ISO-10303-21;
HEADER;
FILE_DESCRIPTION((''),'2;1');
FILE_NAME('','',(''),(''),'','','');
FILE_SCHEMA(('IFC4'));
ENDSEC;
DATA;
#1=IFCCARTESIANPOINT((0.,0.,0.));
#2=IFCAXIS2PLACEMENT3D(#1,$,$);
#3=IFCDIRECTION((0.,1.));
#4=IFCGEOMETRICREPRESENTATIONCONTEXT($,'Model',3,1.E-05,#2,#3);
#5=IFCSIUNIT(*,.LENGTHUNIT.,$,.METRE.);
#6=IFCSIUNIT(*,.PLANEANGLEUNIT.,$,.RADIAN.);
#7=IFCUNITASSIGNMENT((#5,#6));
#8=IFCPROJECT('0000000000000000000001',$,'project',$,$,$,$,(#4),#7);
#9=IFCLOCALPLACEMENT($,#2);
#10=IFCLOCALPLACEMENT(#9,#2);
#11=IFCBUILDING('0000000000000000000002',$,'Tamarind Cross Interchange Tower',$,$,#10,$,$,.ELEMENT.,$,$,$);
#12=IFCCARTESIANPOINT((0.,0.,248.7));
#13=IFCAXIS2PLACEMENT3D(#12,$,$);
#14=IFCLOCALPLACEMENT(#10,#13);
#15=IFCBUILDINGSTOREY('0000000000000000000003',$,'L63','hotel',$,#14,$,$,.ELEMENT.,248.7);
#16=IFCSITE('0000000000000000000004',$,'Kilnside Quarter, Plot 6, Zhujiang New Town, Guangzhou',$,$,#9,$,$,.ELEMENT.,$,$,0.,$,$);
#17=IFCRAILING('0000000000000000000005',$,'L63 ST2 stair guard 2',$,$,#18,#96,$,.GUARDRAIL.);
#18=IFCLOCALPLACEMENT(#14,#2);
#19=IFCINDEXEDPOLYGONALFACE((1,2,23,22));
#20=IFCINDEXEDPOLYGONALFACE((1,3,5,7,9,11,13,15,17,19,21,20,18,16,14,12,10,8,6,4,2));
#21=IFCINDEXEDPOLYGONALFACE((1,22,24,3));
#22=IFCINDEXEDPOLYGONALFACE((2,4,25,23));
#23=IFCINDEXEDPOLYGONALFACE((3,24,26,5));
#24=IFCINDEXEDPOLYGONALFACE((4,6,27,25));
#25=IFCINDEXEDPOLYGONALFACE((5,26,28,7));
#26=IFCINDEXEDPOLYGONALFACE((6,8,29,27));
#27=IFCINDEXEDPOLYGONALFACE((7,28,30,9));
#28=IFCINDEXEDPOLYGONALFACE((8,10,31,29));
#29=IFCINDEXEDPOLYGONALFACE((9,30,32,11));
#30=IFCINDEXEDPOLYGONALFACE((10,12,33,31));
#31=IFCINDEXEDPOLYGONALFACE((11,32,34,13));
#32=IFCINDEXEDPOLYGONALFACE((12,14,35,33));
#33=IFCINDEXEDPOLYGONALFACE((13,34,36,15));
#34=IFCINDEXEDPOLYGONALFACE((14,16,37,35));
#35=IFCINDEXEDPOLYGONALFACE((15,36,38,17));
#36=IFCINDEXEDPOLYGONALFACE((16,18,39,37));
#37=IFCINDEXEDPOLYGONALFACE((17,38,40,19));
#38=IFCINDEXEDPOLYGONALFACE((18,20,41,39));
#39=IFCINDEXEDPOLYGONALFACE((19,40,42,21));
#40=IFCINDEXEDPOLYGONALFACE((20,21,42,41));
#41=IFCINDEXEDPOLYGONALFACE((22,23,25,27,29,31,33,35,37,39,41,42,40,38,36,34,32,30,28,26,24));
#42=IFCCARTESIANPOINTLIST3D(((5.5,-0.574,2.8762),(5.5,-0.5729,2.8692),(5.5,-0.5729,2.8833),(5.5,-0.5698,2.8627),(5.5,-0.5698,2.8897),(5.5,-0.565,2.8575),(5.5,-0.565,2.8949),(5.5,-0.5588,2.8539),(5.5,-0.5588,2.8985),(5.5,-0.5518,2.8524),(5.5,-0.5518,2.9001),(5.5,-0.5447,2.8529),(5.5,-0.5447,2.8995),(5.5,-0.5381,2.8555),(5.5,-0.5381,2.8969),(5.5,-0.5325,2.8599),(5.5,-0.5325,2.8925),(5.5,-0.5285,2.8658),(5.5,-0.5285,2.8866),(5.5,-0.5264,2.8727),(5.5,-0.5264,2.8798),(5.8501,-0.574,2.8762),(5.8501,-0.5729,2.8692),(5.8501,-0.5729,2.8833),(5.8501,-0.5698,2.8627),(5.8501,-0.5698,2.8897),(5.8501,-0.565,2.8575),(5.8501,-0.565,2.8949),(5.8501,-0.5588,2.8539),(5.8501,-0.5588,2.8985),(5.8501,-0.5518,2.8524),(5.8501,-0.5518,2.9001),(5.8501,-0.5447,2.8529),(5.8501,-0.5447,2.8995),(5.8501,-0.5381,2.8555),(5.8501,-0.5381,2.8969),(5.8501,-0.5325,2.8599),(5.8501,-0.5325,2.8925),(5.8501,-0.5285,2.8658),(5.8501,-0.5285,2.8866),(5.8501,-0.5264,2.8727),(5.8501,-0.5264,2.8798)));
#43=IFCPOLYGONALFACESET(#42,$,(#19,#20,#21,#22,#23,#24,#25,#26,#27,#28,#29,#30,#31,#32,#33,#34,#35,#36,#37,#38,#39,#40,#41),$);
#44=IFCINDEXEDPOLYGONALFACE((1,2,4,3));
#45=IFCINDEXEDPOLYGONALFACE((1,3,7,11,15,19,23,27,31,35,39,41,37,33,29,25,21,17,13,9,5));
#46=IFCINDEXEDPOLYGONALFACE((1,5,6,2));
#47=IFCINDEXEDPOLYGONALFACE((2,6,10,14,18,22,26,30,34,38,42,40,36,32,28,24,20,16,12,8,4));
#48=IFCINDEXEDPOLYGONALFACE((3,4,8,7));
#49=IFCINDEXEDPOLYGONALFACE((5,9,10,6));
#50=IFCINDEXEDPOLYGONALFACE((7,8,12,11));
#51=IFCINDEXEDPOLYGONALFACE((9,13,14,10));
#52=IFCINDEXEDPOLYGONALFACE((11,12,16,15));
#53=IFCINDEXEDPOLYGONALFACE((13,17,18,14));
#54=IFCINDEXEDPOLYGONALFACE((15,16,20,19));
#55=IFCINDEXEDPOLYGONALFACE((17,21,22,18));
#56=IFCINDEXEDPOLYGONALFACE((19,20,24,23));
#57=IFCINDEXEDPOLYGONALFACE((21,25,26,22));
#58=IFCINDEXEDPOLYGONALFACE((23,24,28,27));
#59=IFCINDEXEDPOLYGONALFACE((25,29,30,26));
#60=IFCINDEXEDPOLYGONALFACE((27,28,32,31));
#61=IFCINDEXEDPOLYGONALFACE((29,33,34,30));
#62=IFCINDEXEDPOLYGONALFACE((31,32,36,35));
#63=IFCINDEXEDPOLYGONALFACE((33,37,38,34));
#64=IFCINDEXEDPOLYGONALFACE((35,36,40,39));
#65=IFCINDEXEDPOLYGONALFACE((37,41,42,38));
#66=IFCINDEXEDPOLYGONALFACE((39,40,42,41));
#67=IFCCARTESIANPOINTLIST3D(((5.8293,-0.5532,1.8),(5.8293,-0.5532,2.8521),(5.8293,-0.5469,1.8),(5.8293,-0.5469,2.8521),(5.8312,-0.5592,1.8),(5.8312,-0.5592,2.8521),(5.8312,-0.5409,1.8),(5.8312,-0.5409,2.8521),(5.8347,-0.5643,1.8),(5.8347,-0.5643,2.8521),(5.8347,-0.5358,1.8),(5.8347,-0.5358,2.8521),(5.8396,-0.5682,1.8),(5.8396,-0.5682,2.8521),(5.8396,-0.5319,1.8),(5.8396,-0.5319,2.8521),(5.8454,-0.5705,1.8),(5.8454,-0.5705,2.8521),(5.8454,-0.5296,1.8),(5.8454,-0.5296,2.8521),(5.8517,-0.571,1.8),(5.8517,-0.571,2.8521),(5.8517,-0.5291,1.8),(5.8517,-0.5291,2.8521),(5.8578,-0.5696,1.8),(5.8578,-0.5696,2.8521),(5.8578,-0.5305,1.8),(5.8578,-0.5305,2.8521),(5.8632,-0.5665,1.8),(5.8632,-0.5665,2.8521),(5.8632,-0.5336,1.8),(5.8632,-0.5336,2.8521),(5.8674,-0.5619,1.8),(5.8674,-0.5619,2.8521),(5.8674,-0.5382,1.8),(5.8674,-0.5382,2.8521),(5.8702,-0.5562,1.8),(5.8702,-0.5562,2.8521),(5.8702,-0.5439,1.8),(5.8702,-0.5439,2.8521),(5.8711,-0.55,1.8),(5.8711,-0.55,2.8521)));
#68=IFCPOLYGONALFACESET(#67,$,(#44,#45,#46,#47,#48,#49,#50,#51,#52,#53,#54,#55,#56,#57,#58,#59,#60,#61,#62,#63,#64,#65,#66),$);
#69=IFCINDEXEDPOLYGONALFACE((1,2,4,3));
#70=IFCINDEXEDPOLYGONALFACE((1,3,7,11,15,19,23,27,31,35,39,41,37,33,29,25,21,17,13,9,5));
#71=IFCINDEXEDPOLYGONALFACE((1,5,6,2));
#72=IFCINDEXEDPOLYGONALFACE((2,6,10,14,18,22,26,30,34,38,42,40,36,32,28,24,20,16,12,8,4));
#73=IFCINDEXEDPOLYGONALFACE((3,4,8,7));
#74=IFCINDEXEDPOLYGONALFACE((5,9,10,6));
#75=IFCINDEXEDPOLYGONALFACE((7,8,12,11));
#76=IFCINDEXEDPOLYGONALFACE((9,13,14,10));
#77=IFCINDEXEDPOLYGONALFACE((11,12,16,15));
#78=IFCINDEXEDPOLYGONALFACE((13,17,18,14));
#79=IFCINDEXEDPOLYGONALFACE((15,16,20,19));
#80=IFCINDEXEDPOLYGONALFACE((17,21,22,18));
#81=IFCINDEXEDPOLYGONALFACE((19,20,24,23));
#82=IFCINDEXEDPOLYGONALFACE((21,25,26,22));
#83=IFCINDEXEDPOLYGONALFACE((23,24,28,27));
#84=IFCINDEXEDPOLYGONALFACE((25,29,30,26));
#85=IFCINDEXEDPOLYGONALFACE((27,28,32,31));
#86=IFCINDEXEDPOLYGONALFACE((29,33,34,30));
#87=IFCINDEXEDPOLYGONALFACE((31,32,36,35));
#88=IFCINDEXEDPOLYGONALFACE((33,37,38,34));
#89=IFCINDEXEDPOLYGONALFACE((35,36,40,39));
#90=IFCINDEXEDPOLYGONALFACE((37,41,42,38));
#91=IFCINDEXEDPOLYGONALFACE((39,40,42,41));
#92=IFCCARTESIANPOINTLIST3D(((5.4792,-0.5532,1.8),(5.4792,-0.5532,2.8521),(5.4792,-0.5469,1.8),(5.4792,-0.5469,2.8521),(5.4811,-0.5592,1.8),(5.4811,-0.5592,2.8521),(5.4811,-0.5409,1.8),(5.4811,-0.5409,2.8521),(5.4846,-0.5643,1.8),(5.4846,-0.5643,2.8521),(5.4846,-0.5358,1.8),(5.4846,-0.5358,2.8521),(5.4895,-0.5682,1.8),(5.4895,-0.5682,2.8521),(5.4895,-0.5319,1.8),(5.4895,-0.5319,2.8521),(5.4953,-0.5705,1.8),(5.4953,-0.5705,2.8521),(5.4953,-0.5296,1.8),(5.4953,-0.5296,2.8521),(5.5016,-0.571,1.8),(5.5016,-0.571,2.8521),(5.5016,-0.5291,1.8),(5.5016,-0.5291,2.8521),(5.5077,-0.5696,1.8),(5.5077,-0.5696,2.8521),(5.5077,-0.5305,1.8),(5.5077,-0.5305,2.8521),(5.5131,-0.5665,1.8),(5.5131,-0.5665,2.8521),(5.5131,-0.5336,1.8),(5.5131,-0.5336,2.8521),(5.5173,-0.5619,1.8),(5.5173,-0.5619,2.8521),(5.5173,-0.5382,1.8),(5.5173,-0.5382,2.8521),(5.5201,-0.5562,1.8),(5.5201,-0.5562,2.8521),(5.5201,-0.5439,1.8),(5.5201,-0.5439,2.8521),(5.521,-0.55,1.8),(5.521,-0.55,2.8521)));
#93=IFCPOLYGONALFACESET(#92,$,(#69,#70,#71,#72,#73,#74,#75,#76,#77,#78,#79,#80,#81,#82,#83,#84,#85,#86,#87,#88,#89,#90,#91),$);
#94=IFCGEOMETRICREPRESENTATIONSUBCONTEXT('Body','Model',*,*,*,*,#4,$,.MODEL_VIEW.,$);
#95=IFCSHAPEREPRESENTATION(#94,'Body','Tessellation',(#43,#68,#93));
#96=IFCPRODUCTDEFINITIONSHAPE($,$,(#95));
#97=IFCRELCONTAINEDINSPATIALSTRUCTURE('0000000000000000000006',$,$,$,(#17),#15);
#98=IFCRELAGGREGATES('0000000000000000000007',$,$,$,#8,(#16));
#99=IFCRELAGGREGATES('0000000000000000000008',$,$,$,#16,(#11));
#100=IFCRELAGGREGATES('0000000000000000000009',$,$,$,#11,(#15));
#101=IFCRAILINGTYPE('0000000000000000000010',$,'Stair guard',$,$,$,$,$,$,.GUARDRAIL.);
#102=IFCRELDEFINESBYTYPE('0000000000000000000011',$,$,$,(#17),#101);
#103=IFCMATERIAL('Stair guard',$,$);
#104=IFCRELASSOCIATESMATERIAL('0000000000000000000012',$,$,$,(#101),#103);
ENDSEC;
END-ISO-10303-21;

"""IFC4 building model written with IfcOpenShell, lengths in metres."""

from ifc_helpers import new_model, si_unit, direction, frame, origin, origin_2d, place, context, subcontext, project, spatial, circle, extrude, material, type_object, element, save


model = new_model("IFC4")

# Units and contexts
model_context = context("Model", 3, precision=1e-05, world=origin(), true_north=direction((0.0, 1.0)))
body_context = subcontext(model_context, "Body", "Model", "MODEL_VIEW")
ifc_project = project(units=[si_unit("LENGTHUNIT", "METRE"), si_unit("PLANEANGLEUNIT", "RADIAN")], contexts=[model_context])

# Site, building, storey
site_placement = place(None, origin())
site = spatial("IfcSite", under=ifc_project, at=site_placement, Name="Kilnside Quarter, Plot 6, Zhujiang New Town, Guangzhou", CompositionType="ELEMENT", RefElevation=0.0)
building_placement = place(site_placement, origin())
building = spatial("IfcBuilding", under=site, at=building_placement, Name="Tamarind Cross Interchange Tower", CompositionType="ELEMENT")
storey_placement = place(building_placement, frame((0.0, 0.0, 248.7)))
storey = spatial("IfcBuildingStorey", under=building, at=storey_placement, Name="L63", Description="hotel", CompositionType="ELEMENT", Elevation=248.7)

# Railing
ifc_material_1 = material(Name="Stair guard")
railing_type_1 = type_object("IfcRailingType", Name="Stair guard", PredefinedType="GUARDRAIL", material=ifc_material_1)
railing_1_placement = place(storey_placement, frame((5.8501, -0.55, 1.8)))
element("IfcRailing", 1, at=railing_1_placement, inside=storey, type_object=railing_type_1, Name="L63 ST2 stair guard 2", PredefinedType="GUARDRAIL", context=body_context, shape_type="SweptSolid", body=[
    extrude(circle(Radius=0.0239, at=origin_2d()), frame((0.0, 0.0, 1.0762), z_axis=(-1.0, 0.0, 0.0), x_axis=(0.0, -1.0, 0.0)), (0.0, 0.0, 1.0), 0.3501),
    extrude(circle(Radius=0.021, at=origin_2d()), origin(), (0.0, 0.0, 1.0), 1.052),
    extrude(circle(Radius=0.021, at=origin_2d()), frame((-0.3501, 0.0, 0.0)), (0.0, 0.0, 1.0), 1.052),
])

save(model, "model.ifc")
